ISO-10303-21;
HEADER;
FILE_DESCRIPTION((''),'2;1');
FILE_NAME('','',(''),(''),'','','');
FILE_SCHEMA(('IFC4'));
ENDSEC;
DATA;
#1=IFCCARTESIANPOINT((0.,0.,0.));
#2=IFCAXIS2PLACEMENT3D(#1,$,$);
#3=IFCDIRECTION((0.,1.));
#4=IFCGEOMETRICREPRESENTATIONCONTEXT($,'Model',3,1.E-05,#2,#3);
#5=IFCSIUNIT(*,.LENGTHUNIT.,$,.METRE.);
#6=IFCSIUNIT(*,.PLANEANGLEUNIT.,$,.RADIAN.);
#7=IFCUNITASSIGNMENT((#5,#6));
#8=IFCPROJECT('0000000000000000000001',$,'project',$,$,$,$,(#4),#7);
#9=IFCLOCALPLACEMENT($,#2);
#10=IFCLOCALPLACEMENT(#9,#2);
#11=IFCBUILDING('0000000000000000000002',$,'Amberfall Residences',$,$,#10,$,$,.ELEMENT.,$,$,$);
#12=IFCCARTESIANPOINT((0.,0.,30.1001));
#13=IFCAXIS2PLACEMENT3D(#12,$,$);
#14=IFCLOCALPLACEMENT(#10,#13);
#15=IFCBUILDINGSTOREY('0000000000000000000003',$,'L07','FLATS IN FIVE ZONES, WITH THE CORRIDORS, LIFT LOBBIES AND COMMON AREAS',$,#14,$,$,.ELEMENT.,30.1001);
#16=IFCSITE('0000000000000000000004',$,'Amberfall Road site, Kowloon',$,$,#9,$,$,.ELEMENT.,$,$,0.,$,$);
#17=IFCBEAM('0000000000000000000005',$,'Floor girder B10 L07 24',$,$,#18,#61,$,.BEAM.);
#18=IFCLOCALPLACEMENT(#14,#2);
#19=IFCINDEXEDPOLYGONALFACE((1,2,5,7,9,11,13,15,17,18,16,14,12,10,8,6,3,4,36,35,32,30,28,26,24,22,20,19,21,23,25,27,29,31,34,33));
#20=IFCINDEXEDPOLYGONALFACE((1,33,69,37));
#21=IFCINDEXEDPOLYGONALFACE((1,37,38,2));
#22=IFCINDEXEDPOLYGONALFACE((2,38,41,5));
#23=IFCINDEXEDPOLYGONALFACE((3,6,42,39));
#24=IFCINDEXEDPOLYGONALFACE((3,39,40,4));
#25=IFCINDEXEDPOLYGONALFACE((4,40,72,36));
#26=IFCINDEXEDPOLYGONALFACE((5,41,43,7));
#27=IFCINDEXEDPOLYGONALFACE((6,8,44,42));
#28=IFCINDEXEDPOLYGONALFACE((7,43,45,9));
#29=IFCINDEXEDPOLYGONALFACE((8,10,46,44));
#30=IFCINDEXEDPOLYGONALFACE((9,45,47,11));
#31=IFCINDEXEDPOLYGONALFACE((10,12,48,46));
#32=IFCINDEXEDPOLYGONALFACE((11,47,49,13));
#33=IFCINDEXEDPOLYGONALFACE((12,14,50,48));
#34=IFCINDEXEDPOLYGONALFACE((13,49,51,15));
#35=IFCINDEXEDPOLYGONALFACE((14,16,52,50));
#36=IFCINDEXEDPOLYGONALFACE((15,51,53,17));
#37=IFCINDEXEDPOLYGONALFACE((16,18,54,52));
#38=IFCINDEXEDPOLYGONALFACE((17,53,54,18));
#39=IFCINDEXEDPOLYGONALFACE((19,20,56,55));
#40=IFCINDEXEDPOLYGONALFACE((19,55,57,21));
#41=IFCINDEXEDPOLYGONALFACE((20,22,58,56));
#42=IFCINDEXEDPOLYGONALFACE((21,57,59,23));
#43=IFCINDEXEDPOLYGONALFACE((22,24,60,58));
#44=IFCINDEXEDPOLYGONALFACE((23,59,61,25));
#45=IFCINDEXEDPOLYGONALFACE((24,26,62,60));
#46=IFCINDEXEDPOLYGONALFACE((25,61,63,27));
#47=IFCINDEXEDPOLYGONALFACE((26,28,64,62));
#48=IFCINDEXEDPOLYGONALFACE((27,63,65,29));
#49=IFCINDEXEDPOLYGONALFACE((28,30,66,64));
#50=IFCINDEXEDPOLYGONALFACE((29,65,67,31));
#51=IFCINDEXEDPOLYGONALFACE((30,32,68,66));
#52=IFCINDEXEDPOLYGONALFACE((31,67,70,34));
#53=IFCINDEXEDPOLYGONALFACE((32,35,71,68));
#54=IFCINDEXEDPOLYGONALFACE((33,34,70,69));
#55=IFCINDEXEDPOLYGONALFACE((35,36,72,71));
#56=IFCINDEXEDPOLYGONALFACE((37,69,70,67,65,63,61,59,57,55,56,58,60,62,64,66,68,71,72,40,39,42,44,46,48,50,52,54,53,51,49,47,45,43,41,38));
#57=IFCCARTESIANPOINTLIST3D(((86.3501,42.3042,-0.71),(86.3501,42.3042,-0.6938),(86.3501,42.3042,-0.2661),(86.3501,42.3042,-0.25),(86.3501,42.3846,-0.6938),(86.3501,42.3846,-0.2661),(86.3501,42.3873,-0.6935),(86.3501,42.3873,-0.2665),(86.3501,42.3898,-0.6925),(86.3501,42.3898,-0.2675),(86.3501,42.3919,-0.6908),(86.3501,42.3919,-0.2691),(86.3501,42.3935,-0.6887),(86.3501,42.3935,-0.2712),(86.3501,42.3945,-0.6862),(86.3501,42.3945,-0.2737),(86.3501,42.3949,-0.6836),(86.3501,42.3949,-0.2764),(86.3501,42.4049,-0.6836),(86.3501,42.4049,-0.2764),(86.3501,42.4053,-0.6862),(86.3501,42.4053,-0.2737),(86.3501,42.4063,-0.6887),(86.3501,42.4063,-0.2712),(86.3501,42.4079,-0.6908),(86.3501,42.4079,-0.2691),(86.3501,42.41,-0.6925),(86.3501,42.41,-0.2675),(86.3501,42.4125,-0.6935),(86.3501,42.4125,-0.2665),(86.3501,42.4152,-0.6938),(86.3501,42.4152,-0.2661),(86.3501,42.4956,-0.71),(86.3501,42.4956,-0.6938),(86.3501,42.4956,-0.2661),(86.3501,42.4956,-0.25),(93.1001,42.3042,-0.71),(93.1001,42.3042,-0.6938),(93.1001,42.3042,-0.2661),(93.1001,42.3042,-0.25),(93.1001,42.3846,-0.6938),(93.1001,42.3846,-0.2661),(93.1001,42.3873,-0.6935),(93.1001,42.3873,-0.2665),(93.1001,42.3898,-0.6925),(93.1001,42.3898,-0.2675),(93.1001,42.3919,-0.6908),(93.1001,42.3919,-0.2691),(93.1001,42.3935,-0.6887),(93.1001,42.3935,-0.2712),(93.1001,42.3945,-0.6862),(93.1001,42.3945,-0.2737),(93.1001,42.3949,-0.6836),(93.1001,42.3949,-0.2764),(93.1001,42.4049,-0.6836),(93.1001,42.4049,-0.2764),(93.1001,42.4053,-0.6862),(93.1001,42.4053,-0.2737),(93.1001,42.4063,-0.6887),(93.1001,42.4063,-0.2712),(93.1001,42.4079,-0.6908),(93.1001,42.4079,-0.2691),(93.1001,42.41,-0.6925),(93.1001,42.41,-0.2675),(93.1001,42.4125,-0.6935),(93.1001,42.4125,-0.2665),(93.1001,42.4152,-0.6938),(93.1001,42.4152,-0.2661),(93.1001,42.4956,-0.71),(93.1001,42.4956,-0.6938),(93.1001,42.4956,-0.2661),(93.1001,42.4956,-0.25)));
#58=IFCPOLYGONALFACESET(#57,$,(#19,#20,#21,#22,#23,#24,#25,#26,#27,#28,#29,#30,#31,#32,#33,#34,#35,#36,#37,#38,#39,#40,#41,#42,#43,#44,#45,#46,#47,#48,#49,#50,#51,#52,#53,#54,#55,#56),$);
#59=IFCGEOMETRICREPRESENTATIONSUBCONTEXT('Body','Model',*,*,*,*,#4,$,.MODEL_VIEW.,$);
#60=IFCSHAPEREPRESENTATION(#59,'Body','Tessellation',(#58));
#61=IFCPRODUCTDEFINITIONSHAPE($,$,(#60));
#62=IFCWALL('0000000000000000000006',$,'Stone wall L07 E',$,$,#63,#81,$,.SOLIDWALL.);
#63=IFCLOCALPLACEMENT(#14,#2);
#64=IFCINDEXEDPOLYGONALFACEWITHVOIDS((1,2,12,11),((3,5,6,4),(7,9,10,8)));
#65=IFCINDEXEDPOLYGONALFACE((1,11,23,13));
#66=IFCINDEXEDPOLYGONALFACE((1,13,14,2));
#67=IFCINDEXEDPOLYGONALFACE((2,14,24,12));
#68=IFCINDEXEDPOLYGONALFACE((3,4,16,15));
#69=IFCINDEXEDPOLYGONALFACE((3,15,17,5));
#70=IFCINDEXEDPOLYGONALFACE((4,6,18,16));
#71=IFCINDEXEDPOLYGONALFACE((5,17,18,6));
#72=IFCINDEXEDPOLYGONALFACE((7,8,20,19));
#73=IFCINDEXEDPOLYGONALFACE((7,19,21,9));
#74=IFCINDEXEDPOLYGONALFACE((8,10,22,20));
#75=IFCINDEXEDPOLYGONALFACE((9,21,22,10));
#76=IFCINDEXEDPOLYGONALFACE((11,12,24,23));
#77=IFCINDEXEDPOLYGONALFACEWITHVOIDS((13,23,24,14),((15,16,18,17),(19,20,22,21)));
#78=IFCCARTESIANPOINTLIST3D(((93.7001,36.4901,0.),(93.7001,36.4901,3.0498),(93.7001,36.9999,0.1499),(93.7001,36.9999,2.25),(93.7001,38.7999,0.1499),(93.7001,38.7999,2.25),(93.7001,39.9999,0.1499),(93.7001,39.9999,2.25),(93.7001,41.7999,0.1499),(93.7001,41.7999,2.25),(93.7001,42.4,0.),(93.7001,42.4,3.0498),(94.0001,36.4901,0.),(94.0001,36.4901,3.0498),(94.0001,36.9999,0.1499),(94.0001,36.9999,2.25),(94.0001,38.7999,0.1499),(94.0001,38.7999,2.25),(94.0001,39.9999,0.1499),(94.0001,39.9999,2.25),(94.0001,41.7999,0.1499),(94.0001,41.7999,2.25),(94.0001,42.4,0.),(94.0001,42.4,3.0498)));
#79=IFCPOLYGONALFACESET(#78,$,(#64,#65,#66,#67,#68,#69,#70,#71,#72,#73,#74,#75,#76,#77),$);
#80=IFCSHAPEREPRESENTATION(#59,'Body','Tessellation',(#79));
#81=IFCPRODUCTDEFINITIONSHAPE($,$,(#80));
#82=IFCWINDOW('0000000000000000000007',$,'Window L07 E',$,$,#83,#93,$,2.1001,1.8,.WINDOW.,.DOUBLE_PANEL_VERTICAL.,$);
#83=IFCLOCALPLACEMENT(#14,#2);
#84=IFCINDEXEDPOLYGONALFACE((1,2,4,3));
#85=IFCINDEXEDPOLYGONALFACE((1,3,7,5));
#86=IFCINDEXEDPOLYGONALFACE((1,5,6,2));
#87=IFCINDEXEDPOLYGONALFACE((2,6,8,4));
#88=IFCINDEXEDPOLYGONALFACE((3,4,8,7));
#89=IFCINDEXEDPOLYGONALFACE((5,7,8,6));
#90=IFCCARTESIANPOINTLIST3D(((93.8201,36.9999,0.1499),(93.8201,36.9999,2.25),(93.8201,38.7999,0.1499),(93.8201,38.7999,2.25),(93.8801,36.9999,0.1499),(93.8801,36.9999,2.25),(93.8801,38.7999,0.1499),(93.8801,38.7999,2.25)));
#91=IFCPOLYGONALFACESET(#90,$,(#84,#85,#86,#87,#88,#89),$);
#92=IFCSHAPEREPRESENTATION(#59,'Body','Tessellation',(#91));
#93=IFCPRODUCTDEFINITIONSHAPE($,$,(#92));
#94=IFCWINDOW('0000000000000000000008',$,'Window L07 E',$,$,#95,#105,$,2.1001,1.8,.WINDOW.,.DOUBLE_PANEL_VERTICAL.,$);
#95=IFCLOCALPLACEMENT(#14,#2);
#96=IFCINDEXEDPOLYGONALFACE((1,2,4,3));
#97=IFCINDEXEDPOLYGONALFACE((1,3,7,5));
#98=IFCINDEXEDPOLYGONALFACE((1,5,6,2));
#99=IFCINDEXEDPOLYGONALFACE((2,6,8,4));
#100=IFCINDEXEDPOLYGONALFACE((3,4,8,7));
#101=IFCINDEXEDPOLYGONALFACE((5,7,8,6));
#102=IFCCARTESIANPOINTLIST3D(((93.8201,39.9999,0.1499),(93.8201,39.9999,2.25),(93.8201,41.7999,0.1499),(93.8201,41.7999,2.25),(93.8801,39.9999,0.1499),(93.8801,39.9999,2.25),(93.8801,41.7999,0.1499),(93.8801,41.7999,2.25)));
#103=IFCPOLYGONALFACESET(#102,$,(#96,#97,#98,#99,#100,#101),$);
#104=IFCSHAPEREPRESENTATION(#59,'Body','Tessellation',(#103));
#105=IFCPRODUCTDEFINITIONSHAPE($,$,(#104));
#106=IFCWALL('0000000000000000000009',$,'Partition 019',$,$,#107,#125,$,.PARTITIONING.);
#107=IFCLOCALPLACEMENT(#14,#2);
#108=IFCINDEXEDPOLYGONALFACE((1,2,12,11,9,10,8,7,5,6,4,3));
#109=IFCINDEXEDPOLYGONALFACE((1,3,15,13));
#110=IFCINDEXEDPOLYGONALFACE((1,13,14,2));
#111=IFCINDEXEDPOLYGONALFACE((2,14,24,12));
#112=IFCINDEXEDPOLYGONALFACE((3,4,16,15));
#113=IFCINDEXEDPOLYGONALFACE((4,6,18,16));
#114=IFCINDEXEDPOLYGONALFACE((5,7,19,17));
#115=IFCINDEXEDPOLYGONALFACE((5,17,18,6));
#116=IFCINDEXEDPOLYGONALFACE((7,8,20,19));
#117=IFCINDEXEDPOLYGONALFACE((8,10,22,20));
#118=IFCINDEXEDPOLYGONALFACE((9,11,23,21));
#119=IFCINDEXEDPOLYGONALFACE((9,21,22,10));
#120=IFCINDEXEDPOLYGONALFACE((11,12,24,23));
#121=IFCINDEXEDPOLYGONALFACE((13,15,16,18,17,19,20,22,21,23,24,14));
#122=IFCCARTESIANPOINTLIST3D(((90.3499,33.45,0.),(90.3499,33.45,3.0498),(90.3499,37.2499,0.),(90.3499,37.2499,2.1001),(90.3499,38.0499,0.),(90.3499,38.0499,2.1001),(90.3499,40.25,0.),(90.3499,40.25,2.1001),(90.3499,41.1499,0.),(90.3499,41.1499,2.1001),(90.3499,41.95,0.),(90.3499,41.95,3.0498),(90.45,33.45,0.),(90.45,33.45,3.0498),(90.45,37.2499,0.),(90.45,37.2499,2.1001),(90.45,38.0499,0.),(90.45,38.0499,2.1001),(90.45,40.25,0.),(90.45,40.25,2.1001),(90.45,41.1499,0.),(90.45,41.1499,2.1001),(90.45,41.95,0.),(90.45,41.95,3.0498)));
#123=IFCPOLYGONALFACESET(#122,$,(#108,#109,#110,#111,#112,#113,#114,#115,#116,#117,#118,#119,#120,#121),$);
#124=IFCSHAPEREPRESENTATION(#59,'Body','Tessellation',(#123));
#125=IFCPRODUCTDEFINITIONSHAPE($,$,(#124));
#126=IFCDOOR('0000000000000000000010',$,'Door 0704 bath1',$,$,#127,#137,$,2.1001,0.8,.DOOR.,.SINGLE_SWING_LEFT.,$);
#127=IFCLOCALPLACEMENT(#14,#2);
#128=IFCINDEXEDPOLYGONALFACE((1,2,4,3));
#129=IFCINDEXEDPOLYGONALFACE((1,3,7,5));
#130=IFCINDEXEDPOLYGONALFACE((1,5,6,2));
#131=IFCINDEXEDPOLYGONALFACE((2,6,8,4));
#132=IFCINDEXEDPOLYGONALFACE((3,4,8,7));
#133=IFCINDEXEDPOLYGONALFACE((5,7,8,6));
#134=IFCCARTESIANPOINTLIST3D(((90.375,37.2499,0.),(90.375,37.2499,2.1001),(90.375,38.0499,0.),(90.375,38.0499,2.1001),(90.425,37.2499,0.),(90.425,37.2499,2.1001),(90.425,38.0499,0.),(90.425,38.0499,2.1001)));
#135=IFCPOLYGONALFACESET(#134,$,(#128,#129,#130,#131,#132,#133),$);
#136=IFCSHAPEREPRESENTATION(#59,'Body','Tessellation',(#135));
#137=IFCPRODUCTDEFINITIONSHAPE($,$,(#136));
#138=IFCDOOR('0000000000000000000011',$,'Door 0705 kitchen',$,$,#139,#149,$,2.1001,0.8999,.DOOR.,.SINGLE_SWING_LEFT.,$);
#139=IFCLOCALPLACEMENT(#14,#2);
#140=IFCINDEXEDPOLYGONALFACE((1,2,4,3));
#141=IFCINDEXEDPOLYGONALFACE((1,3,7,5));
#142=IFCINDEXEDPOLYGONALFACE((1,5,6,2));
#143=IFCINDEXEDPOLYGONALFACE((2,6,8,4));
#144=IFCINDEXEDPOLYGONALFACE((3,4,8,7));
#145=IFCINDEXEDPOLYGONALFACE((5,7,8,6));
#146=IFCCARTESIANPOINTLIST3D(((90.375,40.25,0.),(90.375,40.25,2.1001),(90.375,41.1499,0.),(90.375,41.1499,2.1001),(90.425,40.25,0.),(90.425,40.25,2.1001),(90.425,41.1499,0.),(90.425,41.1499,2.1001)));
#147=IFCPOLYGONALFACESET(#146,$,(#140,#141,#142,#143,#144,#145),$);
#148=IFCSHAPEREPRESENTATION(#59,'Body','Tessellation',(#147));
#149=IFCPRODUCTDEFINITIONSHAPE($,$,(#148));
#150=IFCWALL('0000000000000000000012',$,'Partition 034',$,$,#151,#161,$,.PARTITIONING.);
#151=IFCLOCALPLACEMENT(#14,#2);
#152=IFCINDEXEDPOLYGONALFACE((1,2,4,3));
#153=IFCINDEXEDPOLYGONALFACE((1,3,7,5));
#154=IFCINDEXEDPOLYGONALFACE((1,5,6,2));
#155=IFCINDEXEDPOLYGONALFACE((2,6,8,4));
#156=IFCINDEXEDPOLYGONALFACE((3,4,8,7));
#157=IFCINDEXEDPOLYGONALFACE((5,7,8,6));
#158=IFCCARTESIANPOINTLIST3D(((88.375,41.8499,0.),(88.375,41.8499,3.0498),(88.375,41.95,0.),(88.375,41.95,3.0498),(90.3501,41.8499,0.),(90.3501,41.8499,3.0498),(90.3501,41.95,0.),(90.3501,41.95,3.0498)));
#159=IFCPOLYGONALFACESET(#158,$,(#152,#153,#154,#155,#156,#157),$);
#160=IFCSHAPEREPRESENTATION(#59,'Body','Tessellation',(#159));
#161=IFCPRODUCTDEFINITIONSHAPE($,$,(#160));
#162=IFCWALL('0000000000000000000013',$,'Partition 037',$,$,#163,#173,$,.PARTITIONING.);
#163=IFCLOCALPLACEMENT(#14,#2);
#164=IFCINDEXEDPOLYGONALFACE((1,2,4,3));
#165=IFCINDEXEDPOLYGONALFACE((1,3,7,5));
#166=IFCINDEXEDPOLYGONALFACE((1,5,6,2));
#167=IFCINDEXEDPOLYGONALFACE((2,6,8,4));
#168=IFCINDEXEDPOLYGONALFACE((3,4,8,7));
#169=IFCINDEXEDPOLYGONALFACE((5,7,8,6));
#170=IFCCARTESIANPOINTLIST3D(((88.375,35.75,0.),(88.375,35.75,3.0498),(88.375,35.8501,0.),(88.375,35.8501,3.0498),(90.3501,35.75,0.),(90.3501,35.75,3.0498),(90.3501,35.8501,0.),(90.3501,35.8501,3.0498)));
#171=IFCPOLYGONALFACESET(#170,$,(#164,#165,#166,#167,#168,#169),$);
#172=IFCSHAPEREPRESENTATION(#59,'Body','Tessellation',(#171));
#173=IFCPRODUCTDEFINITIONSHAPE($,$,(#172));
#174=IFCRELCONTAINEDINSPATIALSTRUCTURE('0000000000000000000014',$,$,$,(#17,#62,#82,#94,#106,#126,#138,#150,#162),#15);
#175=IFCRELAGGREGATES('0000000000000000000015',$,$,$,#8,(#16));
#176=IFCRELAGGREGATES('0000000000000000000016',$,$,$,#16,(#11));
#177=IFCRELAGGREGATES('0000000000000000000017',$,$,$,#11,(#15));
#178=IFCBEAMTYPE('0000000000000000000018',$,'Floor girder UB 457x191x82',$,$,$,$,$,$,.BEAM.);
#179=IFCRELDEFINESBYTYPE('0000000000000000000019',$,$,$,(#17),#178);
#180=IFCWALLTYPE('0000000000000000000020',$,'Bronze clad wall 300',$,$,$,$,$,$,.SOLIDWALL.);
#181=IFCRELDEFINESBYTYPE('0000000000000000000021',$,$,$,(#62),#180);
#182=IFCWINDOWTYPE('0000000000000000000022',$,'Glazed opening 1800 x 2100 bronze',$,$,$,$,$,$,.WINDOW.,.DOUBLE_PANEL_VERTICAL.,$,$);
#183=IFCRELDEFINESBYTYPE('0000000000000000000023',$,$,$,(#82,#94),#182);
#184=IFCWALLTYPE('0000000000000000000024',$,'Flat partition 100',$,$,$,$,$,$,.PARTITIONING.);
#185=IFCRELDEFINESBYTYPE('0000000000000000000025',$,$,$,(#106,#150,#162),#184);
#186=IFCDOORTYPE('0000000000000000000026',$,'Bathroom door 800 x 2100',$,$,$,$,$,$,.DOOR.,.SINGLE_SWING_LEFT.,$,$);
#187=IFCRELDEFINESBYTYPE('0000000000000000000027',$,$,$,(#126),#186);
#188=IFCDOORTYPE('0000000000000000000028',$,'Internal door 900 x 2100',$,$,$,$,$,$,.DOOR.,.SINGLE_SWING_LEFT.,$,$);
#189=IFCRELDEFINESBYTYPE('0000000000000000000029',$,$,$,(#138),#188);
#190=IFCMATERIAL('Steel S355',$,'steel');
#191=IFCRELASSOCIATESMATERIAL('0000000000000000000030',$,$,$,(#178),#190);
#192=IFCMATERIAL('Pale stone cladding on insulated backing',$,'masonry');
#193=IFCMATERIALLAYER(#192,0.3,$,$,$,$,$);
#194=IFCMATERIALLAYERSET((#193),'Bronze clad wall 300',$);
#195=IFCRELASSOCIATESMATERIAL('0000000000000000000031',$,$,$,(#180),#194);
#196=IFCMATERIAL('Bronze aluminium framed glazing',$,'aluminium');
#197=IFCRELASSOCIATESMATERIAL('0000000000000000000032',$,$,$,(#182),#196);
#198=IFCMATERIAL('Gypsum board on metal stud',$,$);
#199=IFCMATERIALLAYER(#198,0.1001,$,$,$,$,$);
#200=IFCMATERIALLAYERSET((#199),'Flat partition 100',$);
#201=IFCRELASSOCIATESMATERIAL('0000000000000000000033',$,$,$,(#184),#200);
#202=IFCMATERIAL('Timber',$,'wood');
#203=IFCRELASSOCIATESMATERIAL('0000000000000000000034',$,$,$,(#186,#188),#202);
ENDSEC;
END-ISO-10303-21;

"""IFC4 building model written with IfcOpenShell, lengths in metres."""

from ifc_helpers import new_model, si_unit, direction, frame, frame_2d, origin, origin_2d, place, context, subcontext, project, spatial, rectangle, i_section, extrude, material, layer, layer_set, material_profile, profile_set, type_object, element, fill, save


model = new_model("IFC4")

# Units and contexts
model_context = context("Model", 3, precision=1e-05, world=origin(), true_north=direction((0.0, 1.0)))
body_context = subcontext(model_context, "Body", "Model", "MODEL_VIEW")
ifc_project = project(units=[si_unit("LENGTHUNIT", "METRE"), si_unit("PLANEANGLEUNIT", "RADIAN")], contexts=[model_context])

# Site, building, storey
site_placement = place(None, origin())
site = spatial("IfcSite", under=ifc_project, at=site_placement, Name="Amberfall Road site, Kowloon", CompositionType="ELEMENT", RefElevation=0.0)
building_placement = place(site_placement, origin())
building = spatial("IfcBuilding", under=site, at=building_placement, Name="Amberfall Residences", CompositionType="ELEMENT")
storey_placement = place(building_placement, frame((0.0, 0.0, 30.1001)))
storey = spatial("IfcBuildingStorey", under=building, at=storey_placement, Name="L07", Description="FLATS IN FIVE ZONES, WITH THE CORRIDORS, LIFT LOBBIES AND COMMON AREAS", CompositionType="ELEMENT", Elevation=30.1001)

# Beam
ifc_material_1 = material(Name="Steel S355", Category="steel")
ifc_material_profile_1 = material_profile(ifc_material_1, i_section(OverallWidth=0.1914, OverallDepth=0.46, WebThickness=0.01, FlangeThickness=0.0161, FilletRadius=0.0103, at=origin_2d()), Name="UB 457x191x82")
ifc_profile_set_1 = profile_set([ifc_material_profile_1], Name="Steel S355")
beam_type_1 = type_object("IfcBeamType", Name="Floor girder UB 457x191x82", PredefinedType="BEAM", material=ifc_profile_set_1)
beam_1_placement = place(storey_placement, frame((93.1001, 42.3999, -0.48), z_axis=(-1.0, 0.0, 0.0), x_axis=(0.0, -1.0, 0.0)))
element("IfcBeam", 1, at=beam_1_placement, inside=storey, type_object=beam_type_1, Name="Floor girder B10 L07 24", PredefinedType="BEAM", context=body_context, shape_type="SweptSolid", body=[
    extrude(i_section(OverallWidth=0.1914, OverallDepth=0.46, WebThickness=0.01, FlangeThickness=0.0161, FilletRadius=0.0103, at=origin_2d()), origin(), (0.0, 0.0, 1.0), 6.75),
])

# Wall, openings, windows
ifc_material_2 = material(Name="Pale stone cladding on insulated backing", Category="masonry")
ifc_layer_1 = layer(ifc_material_2, 0.3)
ifc_layer_set_1 = layer_set([ifc_layer_1], Name="Bronze clad wall 300")
wall_type_1 = type_object("IfcWallType", Name="Bronze clad wall 300", PredefinedType="SOLIDWALL", material=ifc_layer_set_1)
wall_1_placement = place(storey_placement, frame((93.8501, 36.49, 0.0), z_axis=(0.0, 0.0, 1.0), x_axis=(0.0, 1.0, 0.0)))
wall_1 = element("IfcWall", 2, at=wall_1_placement, inside=storey, type_object=wall_type_1, Name="Stone wall L07 E", PredefinedType="SOLIDWALL", context=body_context, shape_type="SweptSolid", body=[
    extrude(rectangle(XDim=5.9099, YDim=0.3, at=frame_2d((2.9551, 0.0))), origin(), (0.0, 0.0, 1.0), 3.0498),
])
opening_1_placement = place(wall_1_placement, frame((0.51, 0.0, 0.1499)))
opening_1 = element("IfcOpeningElement", 3, at=opening_1_placement, cuts=wall_1, PredefinedType="OPENING", context=body_context, shape_type="SweptSolid", body=[
    extrude(rectangle(XDim=1.8, YDim=2.1001, at=frame_2d((0.8999, 1.05))), frame((0.0, 0.1599, 0.0), z_axis=(0.0, -1.0, 0.0), x_axis=(1.0, 0.0, 0.0)), (0.0, 0.0, 1.0), 0.3201),
])
opening_2_placement = place(wall_1_placement, frame((3.51, 0.0, 0.1499)))
opening_2 = element("IfcOpeningElement", 4, at=opening_2_placement, cuts=wall_1, PredefinedType="OPENING", context=body_context, shape_type="SweptSolid", body=[
    extrude(rectangle(XDim=1.8, YDim=2.1001, at=frame_2d((0.8999, 1.05))), frame((0.0, 0.1599, 0.0), z_axis=(0.0, -1.0, 0.0), x_axis=(1.0, 0.0, 0.0)), (0.0, 0.0, 1.0), 0.3201),
])
ifc_material_3 = material(Name="Bronze aluminium framed glazing", Category="aluminium")
window_type = type_object("IfcWindowType", Name="Glazed opening 1800 x 2100 bronze", PartitioningType="DOUBLE_PANEL_VERTICAL", PredefinedType="WINDOW", material=ifc_material_3)
window_1_placement = place(opening_1_placement, origin())
window_1 = element("IfcWindow", 5, at=window_1_placement, inside=storey, type_object=window_type, Name="Window L07 E", OverallHeight=2.1001, OverallWidth=1.8, PartitioningType="DOUBLE_PANEL_VERTICAL", PredefinedType="WINDOW", context=body_context, shape_type="SweptSolid", body=[
    extrude(rectangle(XDim=1.8, YDim=2.1001, at=frame_2d((0.8999, 1.05))), frame((0.0, 0.03, 0.0), z_axis=(0.0, -1.0, 0.0), x_axis=(1.0, 0.0, 0.0)), (0.0, 0.0, 1.0), 0.0601),
])
fill(opening_1, window_1)
window_2_placement = place(opening_2_placement, origin())
window_2 = element("IfcWindow", 6, at=window_2_placement, inside=storey, type_object=window_type, Name="Window L07 E", OverallHeight=2.1001, OverallWidth=1.8, PartitioningType="DOUBLE_PANEL_VERTICAL", PredefinedType="WINDOW", context=body_context, shape_type="SweptSolid", body=[
    extrude(rectangle(XDim=1.8, YDim=2.1001, at=frame_2d((0.8999, 1.05))), frame((0.0, 0.03, 0.0), z_axis=(0.0, -1.0, 0.0), x_axis=(1.0, 0.0, 0.0)), (0.0, 0.0, 1.0), 0.0601),
])
fill(opening_2, window_2)

# Wall, openings, doors
ifc_material_4 = material(Name="Gypsum board on metal stud")
ifc_layer_2 = layer(ifc_material_4, 0.1001)
ifc_layer_set_2 = layer_set([ifc_layer_2], Name="Flat partition 100")
wall_type_2 = type_object("IfcWallType", Name="Flat partition 100", PredefinedType="PARTITIONING", material=ifc_layer_set_2)
wall_2_placement = place(storey_placement, frame((90.3999, 33.45, 0.0), z_axis=(0.0, 0.0, 1.0), x_axis=(0.0, 1.0, 0.0)))
wall_2 = element("IfcWall", 7, at=wall_2_placement, inside=storey, type_object=wall_type_2, Name="Partition 019", PredefinedType="PARTITIONING", context=body_context, shape_type="SweptSolid", body=[
    extrude(rectangle(XDim=8.5, YDim=0.1001, at=frame_2d((4.25, 0.0))), origin(), (0.0, 0.0, 1.0), 3.0498),
])
opening_3_placement = place(wall_2_placement, frame((3.8, 0.0, 0.0)))
opening_3 = element("IfcOpeningElement", 8, at=opening_3_placement, cuts=wall_2, PredefinedType="OPENING", context=body_context, shape_type="SweptSolid", body=[
    extrude(rectangle(XDim=0.8, YDim=2.1001, at=frame_2d((0.3999, 1.05))), frame((0.0, 0.0601, 0.0), z_axis=(0.0, -1.0, 0.0), x_axis=(1.0, 0.0, 0.0)), (0.0, 0.0, 1.0), 0.1201),
])
opening_4_placement = place(wall_2_placement, frame((6.8, 0.0, 0.0)))
opening_4 = element("IfcOpeningElement", 9, at=opening_4_placement, cuts=wall_2, PredefinedType="OPENING", context=body_context, shape_type="SweptSolid", body=[
    extrude(rectangle(XDim=0.8999, YDim=2.1001, at=frame_2d((0.45, 1.05))), frame((0.0, 0.0601, 0.0), z_axis=(0.0, -1.0, 0.0), x_axis=(1.0, 0.0, 0.0)), (0.0, 0.0, 1.0), 0.1201),
])
ifc_material_5 = material(Name="Timber", Category="wood")
door_type_1 = type_object("IfcDoorType", Name="Bathroom door 800 x 2100", OperationType="SINGLE_SWING_LEFT", PredefinedType="DOOR", material=ifc_material_5)
door_1_placement = place(opening_3_placement, origin())
door_1 = element("IfcDoor", 10, at=door_1_placement, inside=storey, type_object=door_type_1, Name="Door 0704 bath1", OperationType="SINGLE_SWING_LEFT", OverallHeight=2.1001, OverallWidth=0.8, PredefinedType="DOOR", context=body_context, shape_type="SweptSolid", body=[
    extrude(rectangle(XDim=0.8, YDim=2.1001, at=frame_2d((0.3999, 1.05))), frame((0.0, 0.0249, 0.0), z_axis=(0.0, -1.0, 0.0), x_axis=(1.0, 0.0, 0.0)), (0.0, 0.0, 1.0), 0.05),
])
fill(opening_3, door_1)
door_type_2 = type_object("IfcDoorType", Name="Internal door 900 x 2100", OperationType="SINGLE_SWING_LEFT", PredefinedType="DOOR", material=ifc_material_5)
door_2_placement = place(opening_4_placement, origin())
door_2 = element("IfcDoor", 11, at=door_2_placement, inside=storey, type_object=door_type_2, Name="Door 0705 kitchen", OperationType="SINGLE_SWING_LEFT", OverallHeight=2.1001, OverallWidth=0.8999, PredefinedType="DOOR", context=body_context, shape_type="SweptSolid", body=[
    extrude(rectangle(XDim=0.8999, YDim=2.1001, at=frame_2d((0.45, 1.05))), frame((0.0, 0.0249, 0.0), z_axis=(0.0, -1.0, 0.0), x_axis=(1.0, 0.0, 0.0)), (0.0, 0.0, 1.0), 0.05),
])
fill(opening_4, door_2)

# Walls
for number, where, z_axis, x_axis, name in (
    (12, (88.375, 41.8999, 0.0), (0.0, 0.0, 1.0), (1.0, 0.0, 0.0), "Partition 034"),
    (13, (88.375, 35.8, 0.0), (0.0, 0.0, 1.0), (1.0, 0.0, 0.0), "Partition 037"),
):
    element("IfcWall", number, at=place(storey_placement, frame(where, z_axis=z_axis, x_axis=x_axis)), inside=storey, type_object=wall_type_2, Name=name, PredefinedType="PARTITIONING", context=body_context, shape_type="SweptSolid", body=[
        extrude(rectangle(XDim=1.9751, YDim=0.1001, at=frame_2d((0.9875, 0.0))), origin(), (0.0, 0.0, 1.0), 3.0498),
    ])

save(model, "model.ifc")
